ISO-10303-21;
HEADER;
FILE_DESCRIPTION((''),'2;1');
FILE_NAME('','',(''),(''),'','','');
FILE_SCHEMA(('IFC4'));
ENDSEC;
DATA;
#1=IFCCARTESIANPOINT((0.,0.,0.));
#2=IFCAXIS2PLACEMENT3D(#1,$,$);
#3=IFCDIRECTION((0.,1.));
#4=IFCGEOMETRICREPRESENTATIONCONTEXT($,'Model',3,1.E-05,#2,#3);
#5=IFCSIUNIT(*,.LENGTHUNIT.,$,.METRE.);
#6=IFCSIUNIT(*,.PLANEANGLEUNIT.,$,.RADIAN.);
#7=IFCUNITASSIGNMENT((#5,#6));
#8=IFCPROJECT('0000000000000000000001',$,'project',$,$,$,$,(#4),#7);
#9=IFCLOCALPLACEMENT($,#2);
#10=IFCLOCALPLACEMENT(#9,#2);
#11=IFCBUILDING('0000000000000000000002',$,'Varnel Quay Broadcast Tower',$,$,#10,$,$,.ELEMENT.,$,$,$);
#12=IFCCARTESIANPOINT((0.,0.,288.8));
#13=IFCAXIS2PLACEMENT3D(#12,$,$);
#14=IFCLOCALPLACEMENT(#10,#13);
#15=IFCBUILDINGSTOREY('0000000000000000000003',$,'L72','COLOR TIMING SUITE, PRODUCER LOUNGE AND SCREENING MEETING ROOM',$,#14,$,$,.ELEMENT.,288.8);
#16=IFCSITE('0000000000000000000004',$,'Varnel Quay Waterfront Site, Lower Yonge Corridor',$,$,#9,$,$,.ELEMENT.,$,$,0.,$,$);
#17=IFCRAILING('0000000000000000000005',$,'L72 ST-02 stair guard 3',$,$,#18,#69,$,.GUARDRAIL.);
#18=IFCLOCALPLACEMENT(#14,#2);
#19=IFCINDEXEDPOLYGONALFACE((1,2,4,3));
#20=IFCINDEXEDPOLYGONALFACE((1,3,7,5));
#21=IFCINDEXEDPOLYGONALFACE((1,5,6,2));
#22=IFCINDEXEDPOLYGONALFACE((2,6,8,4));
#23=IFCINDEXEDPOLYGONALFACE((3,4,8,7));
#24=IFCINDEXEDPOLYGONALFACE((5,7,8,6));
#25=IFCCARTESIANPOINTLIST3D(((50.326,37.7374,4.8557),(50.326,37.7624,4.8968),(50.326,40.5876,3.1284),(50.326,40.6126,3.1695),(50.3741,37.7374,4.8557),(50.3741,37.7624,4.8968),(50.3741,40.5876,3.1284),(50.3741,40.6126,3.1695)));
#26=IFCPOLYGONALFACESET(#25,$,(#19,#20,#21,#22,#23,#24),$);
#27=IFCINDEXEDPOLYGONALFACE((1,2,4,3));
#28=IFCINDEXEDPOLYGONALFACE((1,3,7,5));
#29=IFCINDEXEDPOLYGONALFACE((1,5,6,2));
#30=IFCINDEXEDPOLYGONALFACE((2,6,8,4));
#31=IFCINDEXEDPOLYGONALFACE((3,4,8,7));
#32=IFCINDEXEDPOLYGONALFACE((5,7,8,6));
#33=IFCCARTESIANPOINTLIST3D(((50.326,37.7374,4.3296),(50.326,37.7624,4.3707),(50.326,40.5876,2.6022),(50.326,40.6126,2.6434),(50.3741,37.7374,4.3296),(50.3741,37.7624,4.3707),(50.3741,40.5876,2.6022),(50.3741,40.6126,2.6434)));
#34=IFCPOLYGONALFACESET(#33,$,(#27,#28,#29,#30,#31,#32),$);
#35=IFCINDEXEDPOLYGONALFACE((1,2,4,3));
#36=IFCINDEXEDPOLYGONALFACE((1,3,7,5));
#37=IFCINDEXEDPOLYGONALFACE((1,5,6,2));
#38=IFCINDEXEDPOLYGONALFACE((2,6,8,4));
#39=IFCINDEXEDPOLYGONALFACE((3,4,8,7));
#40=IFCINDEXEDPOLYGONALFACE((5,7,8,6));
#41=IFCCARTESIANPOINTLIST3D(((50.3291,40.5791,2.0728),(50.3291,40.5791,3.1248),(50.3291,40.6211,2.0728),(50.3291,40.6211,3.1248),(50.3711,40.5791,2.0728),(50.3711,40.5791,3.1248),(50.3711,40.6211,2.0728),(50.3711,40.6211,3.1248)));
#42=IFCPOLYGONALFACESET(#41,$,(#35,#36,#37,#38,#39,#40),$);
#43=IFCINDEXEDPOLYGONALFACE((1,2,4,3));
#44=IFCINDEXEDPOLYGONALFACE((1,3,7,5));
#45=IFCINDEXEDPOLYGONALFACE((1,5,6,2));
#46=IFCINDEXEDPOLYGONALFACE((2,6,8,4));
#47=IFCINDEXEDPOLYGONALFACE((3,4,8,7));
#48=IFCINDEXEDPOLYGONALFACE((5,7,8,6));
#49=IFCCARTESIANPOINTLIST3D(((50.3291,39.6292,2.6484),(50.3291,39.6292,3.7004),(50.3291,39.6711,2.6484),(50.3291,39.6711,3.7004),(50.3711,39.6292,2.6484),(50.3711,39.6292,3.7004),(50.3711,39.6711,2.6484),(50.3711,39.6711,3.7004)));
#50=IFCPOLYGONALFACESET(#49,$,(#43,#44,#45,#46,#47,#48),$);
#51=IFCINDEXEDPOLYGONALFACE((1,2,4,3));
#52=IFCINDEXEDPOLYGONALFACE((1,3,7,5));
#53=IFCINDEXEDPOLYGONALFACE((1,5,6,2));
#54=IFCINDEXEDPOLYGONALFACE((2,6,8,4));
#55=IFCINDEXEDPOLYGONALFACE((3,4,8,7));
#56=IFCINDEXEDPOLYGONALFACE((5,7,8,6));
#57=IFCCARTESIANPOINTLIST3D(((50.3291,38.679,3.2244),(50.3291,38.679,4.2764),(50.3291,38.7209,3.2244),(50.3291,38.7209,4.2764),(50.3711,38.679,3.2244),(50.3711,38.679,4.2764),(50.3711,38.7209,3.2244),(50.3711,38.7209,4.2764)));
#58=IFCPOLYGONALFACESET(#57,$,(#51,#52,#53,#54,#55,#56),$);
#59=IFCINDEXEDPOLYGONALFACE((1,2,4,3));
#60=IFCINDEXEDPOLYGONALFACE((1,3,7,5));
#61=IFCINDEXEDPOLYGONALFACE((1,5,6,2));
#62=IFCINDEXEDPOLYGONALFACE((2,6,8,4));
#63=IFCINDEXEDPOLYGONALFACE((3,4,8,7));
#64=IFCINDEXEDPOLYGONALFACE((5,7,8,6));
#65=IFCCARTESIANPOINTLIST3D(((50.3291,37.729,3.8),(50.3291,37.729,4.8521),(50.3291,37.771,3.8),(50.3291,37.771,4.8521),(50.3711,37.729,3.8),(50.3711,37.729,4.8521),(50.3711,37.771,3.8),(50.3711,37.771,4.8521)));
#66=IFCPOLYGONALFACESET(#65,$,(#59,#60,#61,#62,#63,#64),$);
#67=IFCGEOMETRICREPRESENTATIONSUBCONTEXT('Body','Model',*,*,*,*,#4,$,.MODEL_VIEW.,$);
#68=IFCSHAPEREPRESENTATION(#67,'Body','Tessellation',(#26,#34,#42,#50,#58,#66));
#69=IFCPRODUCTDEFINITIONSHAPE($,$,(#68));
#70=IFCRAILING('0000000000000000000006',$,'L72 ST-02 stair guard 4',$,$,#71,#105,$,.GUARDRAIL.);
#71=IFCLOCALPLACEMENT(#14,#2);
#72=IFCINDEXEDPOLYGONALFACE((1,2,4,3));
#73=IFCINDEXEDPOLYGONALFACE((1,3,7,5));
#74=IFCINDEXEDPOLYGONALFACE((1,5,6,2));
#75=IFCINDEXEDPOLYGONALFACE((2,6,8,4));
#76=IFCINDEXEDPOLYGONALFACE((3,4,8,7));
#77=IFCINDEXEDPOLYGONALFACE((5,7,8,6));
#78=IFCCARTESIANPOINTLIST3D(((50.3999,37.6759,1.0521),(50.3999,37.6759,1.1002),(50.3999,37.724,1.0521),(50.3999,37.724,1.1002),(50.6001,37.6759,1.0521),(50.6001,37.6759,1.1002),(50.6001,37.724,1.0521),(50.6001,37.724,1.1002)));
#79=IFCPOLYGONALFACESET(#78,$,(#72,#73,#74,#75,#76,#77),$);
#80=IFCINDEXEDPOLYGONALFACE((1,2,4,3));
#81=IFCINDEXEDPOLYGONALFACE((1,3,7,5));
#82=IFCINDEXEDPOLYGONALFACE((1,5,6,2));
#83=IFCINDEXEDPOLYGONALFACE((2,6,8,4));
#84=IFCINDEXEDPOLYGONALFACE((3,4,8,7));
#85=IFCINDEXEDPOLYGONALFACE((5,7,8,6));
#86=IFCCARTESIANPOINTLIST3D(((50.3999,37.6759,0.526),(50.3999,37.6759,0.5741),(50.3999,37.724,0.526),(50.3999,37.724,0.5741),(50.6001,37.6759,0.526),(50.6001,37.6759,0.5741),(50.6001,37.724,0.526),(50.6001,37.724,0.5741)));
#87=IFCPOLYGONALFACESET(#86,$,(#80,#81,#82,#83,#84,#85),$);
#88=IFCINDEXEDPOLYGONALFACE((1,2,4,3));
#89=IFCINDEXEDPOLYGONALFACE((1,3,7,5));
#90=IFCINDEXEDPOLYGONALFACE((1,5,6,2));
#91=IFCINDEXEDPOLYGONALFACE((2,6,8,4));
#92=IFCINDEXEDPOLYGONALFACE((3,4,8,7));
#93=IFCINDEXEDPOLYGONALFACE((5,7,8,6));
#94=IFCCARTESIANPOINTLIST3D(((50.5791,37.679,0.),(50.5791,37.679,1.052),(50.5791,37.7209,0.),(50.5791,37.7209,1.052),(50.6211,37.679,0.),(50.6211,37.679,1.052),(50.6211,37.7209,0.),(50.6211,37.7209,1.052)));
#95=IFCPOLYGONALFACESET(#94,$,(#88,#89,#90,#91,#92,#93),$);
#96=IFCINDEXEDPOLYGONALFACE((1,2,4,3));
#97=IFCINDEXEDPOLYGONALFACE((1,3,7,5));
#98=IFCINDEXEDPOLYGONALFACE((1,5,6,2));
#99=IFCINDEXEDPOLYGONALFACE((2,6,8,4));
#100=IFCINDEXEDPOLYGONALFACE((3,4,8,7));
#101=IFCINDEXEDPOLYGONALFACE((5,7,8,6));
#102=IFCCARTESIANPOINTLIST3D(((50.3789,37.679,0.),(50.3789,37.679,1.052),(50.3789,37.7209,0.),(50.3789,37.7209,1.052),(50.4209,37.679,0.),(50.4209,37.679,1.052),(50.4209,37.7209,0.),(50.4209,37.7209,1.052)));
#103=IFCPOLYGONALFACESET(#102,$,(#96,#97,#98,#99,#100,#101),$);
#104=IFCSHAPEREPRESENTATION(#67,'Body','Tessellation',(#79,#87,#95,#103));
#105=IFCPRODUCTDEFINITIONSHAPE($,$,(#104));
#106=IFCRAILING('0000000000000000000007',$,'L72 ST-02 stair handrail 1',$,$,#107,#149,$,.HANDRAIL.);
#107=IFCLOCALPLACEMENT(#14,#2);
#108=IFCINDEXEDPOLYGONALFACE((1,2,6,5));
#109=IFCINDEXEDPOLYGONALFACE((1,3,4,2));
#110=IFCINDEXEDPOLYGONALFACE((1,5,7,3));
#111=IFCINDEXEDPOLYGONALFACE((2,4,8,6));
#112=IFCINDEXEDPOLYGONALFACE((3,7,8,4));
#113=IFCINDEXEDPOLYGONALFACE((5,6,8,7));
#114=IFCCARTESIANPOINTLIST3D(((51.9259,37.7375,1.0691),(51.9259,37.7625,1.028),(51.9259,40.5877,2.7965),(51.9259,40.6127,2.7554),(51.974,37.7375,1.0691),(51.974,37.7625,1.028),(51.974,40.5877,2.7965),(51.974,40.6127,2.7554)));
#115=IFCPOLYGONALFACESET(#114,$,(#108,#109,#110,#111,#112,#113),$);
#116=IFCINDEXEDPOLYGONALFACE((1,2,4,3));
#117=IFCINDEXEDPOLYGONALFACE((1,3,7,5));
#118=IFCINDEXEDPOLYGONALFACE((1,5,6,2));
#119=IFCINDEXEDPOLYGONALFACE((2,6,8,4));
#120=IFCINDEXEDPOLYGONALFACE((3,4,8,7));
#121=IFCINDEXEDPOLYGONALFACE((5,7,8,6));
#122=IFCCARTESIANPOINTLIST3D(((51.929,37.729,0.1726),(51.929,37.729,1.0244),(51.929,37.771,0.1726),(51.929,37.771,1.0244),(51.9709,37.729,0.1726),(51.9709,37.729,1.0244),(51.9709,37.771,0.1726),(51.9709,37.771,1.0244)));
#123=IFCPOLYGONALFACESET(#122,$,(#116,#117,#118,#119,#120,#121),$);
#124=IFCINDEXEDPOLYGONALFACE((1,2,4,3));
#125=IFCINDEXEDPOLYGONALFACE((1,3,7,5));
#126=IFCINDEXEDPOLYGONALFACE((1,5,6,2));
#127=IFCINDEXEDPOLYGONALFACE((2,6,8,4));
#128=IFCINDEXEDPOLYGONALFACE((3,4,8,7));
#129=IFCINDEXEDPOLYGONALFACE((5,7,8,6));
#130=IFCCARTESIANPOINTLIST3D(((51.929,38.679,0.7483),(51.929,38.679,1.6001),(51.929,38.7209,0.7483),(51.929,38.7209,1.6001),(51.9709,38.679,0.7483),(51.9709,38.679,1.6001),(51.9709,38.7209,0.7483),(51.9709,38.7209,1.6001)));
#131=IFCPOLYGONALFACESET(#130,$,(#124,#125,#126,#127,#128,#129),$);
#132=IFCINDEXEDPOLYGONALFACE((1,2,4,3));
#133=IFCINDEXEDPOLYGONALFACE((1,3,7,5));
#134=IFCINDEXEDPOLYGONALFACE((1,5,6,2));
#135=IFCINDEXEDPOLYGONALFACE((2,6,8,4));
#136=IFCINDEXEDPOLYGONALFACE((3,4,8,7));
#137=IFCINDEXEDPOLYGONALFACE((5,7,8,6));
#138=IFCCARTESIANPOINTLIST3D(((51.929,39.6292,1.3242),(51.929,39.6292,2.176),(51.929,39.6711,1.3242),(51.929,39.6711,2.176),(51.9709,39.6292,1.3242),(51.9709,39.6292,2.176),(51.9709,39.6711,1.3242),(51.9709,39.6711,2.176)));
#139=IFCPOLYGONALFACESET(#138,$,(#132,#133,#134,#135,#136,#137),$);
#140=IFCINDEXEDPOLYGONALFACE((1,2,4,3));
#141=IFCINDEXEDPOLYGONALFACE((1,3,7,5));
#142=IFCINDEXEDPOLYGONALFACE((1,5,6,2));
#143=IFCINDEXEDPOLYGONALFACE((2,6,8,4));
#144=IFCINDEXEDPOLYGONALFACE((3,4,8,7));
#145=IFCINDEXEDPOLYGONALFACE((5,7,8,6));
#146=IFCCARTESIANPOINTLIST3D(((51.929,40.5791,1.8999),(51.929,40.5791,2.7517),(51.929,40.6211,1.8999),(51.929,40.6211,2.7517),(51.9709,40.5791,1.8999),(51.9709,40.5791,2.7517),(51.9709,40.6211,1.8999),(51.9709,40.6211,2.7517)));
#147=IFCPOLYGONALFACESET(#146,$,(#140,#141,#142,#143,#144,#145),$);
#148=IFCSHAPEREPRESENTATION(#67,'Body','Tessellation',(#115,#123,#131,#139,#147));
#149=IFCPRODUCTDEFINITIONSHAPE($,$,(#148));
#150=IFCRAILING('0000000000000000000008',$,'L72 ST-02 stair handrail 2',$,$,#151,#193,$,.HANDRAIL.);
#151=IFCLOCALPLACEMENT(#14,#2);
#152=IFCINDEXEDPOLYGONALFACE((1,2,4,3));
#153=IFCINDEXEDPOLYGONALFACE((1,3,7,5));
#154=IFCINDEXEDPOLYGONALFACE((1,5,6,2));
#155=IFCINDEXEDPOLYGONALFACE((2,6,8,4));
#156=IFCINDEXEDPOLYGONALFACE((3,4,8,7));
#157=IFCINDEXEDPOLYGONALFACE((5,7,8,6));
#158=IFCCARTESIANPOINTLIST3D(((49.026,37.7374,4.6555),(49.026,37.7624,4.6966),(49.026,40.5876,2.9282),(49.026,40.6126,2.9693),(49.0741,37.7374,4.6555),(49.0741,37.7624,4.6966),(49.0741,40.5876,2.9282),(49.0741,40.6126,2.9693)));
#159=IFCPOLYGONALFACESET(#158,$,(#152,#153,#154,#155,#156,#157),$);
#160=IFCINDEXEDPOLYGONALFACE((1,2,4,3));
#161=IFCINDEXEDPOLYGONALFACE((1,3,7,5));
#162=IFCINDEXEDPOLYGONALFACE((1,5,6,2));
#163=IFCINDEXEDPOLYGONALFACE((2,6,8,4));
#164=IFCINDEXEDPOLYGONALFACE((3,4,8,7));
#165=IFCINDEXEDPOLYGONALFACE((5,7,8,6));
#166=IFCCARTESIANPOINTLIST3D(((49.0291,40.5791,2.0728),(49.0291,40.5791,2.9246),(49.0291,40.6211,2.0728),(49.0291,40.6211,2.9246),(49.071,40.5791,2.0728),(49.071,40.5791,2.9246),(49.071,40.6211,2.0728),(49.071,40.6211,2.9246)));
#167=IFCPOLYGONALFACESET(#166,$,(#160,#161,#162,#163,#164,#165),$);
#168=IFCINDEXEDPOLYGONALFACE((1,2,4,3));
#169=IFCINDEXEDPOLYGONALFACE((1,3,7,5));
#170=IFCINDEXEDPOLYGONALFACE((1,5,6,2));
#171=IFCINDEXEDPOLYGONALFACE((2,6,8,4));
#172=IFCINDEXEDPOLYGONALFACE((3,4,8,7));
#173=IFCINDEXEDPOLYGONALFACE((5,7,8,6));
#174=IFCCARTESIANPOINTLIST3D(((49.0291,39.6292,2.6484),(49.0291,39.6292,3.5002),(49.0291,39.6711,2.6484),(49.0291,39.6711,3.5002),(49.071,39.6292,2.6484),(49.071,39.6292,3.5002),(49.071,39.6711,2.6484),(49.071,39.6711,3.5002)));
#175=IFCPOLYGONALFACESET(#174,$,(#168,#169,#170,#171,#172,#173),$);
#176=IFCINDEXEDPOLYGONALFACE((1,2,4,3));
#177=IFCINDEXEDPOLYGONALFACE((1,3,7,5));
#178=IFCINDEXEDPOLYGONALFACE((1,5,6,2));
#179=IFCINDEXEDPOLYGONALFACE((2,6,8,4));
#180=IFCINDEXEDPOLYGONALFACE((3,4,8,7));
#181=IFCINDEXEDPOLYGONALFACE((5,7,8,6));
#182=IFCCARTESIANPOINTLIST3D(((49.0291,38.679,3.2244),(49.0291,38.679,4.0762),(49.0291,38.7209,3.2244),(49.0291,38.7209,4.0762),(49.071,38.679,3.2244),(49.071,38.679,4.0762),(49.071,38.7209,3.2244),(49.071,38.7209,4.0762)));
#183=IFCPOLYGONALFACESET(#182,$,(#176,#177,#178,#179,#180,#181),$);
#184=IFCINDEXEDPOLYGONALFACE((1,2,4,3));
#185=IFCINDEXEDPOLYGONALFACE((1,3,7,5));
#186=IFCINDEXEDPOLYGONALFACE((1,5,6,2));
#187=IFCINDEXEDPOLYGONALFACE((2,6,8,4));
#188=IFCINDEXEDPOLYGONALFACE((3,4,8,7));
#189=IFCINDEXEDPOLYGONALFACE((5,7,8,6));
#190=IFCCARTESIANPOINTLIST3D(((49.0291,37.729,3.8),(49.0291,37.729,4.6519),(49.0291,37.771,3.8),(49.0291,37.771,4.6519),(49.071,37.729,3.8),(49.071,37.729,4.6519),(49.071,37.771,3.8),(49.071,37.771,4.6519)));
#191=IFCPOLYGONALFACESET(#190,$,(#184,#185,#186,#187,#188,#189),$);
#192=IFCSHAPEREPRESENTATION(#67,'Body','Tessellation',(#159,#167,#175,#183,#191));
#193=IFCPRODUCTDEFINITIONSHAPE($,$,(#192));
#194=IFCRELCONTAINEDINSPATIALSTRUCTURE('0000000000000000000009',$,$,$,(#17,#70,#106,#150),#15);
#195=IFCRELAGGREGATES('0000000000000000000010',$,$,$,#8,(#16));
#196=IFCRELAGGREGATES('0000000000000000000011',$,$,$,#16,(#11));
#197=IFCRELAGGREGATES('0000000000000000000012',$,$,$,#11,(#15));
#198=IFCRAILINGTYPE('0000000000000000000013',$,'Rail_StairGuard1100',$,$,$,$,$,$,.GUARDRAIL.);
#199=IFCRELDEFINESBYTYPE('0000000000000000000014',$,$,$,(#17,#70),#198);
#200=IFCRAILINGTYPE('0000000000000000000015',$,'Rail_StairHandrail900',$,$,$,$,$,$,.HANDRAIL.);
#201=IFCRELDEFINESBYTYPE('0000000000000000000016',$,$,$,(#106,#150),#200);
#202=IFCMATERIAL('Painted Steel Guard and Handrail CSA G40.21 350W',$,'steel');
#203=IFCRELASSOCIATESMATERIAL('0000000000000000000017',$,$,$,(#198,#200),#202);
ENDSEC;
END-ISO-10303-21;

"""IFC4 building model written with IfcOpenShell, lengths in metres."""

from ifc_helpers import new_model, si_unit, direction, frame, origin, origin_2d, place, context, subcontext, project, spatial, rectangle, extrude, material, type_object, element, save


model = new_model("IFC4")

# Units and contexts
model_context = context("Model", 3, precision=1e-05, world=origin(), true_north=direction((0.0, 1.0)))
body_context = subcontext(model_context, "Body", "Model", "MODEL_VIEW")
ifc_project = project(units=[si_unit("LENGTHUNIT", "METRE"), si_unit("PLANEANGLEUNIT", "RADIAN")], contexts=[model_context])

# Site, building, storey
site_placement = place(None, origin())
site = spatial("IfcSite", under=ifc_project, at=site_placement, Name="Varnel Quay Waterfront Site, Lower Yonge Corridor", CompositionType="ELEMENT", RefElevation=0.0)
building_placement = place(site_placement, origin())
building = spatial("IfcBuilding", under=site, at=building_placement, Name="Varnel Quay Broadcast Tower", CompositionType="ELEMENT")
storey_placement = place(building_placement, frame((0.0, 0.0, 288.8)))
storey = spatial("IfcBuildingStorey", under=building, at=storey_placement, Name="L72", Description="COLOR TIMING SUITE, PRODUCER LOUNGE AND SCREENING MEETING ROOM", CompositionType="ELEMENT", Elevation=288.8)

# Railings
ifc_material_1 = material(Name="Painted Steel Guard and Handrail CSA G40.21 350W", Category="steel")
railing_type_1 = type_object("IfcRailingType", Name="Rail_StairGuard1100", PredefinedType="GUARDRAIL", material=ifc_material_1)
railing_1_placement = place(storey_placement, frame((50.3501, 40.6001, 2.0728)))
element("IfcRailing", 1, at=railing_1_placement, inside=storey, type_object=railing_type_1, Name="L72 ST-02 stair guard 3", PredefinedType="GUARDRAIL", context=body_context, shape_type="SweptSolid", body=[
    extrude(rectangle(XDim=0.0481, YDim=0.0481, at=origin_2d()), frame((0.0, 0.0, 1.0762), z_axis=(0.0, -0.855203, 0.518294), x_axis=(1.0, 0.0, 0.0)), (0.0, 0.0, 1.0), 3.3328),
    extrude(rectangle(XDim=0.0481, YDim=0.0481, at=origin_2d()), frame((0.0, 0.0, 0.55), z_axis=(0.0, -0.855203, 0.518294), x_axis=(1.0, 0.0, 0.0)), (0.0, 0.0, 1.0), 3.3328),
    extrude(rectangle(XDim=0.042, YDim=0.042, at=origin_2d()), origin(), (0.0, 0.0, 1.0), 1.052),
    extrude(rectangle(XDim=0.042, YDim=0.042, at=origin_2d()), frame((0.0, -0.95, 0.5757)), (0.0, 0.0, 1.0), 1.052),
    extrude(rectangle(XDim=0.042, YDim=0.042, at=origin_2d()), frame((0.0, -1.9001, 1.1516)), (0.0, 0.0, 1.0), 1.052),
    extrude(rectangle(XDim=0.042, YDim=0.042, at=origin_2d()), frame((0.0, -2.8501, 1.7273)), (0.0, 0.0, 1.0), 1.052),
])
railing_2_placement = place(storey_placement, frame((50.6001, 37.7, 0.0)))
element("IfcRailing", 2, at=railing_2_placement, inside=storey, type_object=railing_type_1, Name="L72 ST-02 stair guard 4", PredefinedType="GUARDRAIL", context=body_context, shape_type="SweptSolid", body=[
    extrude(rectangle(XDim=0.0481, YDim=0.0481, at=origin_2d()), frame((0.0, 0.0, 1.0762), z_axis=(-1.0, 0.0, 0.0), x_axis=(0.0, -1.0, 0.0)), (0.0, 0.0, 1.0), 0.2002),
    extrude(rectangle(XDim=0.0481, YDim=0.0481, at=origin_2d()), frame((0.0, 0.0, 0.55), z_axis=(-1.0, 0.0, 0.0), x_axis=(0.0, -1.0, 0.0)), (0.0, 0.0, 1.0), 0.2002),
    extrude(rectangle(XDim=0.042, YDim=0.042, at=origin_2d()), origin(), (0.0, 0.0, 1.0), 1.052),
    extrude(rectangle(XDim=0.042, YDim=0.042, at=origin_2d()), frame((-0.2002, 0.0, 0.0)), (0.0, 0.0, 1.0), 1.052),
])
railing_type_2 = type_object("IfcRailingType", Name="Rail_StairHandrail900", PredefinedType="HANDRAIL", material=ifc_material_1)
railing_3_placement = place(storey_placement, frame((51.95, 37.75, 0.1726)))
element("IfcRailing", 3, at=railing_3_placement, inside=storey, type_object=railing_type_2, Name="L72 ST-02 stair handrail 1", PredefinedType="HANDRAIL", context=body_context, shape_type="SweptSolid", body=[
    extrude(rectangle(XDim=0.0481, YDim=0.0481, at=origin_2d()), frame((0.0, 0.0, 0.876), z_axis=(0.0, 0.855203, 0.518294), x_axis=(-1.0, 0.0, 0.0)), (0.0, 0.0, 1.0), 3.3328),
    extrude(rectangle(XDim=0.042, YDim=0.042, at=origin_2d()), origin(), (0.0, 0.0, 1.0), 0.8518),
    extrude(rectangle(XDim=0.042, YDim=0.042, at=origin_2d()), frame((0.0, 0.95, 0.5757)), (0.0, 0.0, 1.0), 0.8518),
    extrude(rectangle(XDim=0.042, YDim=0.042, at=origin_2d()), frame((0.0, 1.9001, 1.1516)), (0.0, 0.0, 1.0), 0.8518),
    extrude(rectangle(XDim=0.042, YDim=0.042, at=origin_2d()), frame((0.0, 2.8501, 1.7273)), (0.0, 0.0, 1.0), 0.8518),
])
railing_4_placement = place(storey_placement, frame((49.05, 40.6001, 2.0728)))
element("IfcRailing", 4, at=railing_4_placement, inside=storey, type_object=railing_type_2, Name="L72 ST-02 stair handrail 2", PredefinedType="HANDRAIL", context=body_context, shape_type="SweptSolid", body=[
    extrude(rectangle(XDim=0.0481, YDim=0.0481, at=origin_2d()), frame((0.0, 0.0, 0.876), z_axis=(0.0, -0.855203, 0.518294), x_axis=(1.0, 0.0, 0.0)), (0.0, 0.0, 1.0), 3.3328),
    extrude(rectangle(XDim=0.042, YDim=0.042, at=origin_2d()), origin(), (0.0, 0.0, 1.0), 0.8518),
    extrude(rectangle(XDim=0.042, YDim=0.042, at=origin_2d()), frame((0.0, -0.95, 0.5757)), (0.0, 0.0, 1.0), 0.8518),
    extrude(rectangle(XDim=0.042, YDim=0.042, at=origin_2d()), frame((0.0, -1.9001, 1.1516)), (0.0, 0.0, 1.0), 0.8518),
    extrude(rectangle(XDim=0.042, YDim=0.042, at=origin_2d()), frame((0.0, -2.8501, 1.7273)), (0.0, 0.0, 1.0), 0.8518),
])

save(model, "model.ifc")
